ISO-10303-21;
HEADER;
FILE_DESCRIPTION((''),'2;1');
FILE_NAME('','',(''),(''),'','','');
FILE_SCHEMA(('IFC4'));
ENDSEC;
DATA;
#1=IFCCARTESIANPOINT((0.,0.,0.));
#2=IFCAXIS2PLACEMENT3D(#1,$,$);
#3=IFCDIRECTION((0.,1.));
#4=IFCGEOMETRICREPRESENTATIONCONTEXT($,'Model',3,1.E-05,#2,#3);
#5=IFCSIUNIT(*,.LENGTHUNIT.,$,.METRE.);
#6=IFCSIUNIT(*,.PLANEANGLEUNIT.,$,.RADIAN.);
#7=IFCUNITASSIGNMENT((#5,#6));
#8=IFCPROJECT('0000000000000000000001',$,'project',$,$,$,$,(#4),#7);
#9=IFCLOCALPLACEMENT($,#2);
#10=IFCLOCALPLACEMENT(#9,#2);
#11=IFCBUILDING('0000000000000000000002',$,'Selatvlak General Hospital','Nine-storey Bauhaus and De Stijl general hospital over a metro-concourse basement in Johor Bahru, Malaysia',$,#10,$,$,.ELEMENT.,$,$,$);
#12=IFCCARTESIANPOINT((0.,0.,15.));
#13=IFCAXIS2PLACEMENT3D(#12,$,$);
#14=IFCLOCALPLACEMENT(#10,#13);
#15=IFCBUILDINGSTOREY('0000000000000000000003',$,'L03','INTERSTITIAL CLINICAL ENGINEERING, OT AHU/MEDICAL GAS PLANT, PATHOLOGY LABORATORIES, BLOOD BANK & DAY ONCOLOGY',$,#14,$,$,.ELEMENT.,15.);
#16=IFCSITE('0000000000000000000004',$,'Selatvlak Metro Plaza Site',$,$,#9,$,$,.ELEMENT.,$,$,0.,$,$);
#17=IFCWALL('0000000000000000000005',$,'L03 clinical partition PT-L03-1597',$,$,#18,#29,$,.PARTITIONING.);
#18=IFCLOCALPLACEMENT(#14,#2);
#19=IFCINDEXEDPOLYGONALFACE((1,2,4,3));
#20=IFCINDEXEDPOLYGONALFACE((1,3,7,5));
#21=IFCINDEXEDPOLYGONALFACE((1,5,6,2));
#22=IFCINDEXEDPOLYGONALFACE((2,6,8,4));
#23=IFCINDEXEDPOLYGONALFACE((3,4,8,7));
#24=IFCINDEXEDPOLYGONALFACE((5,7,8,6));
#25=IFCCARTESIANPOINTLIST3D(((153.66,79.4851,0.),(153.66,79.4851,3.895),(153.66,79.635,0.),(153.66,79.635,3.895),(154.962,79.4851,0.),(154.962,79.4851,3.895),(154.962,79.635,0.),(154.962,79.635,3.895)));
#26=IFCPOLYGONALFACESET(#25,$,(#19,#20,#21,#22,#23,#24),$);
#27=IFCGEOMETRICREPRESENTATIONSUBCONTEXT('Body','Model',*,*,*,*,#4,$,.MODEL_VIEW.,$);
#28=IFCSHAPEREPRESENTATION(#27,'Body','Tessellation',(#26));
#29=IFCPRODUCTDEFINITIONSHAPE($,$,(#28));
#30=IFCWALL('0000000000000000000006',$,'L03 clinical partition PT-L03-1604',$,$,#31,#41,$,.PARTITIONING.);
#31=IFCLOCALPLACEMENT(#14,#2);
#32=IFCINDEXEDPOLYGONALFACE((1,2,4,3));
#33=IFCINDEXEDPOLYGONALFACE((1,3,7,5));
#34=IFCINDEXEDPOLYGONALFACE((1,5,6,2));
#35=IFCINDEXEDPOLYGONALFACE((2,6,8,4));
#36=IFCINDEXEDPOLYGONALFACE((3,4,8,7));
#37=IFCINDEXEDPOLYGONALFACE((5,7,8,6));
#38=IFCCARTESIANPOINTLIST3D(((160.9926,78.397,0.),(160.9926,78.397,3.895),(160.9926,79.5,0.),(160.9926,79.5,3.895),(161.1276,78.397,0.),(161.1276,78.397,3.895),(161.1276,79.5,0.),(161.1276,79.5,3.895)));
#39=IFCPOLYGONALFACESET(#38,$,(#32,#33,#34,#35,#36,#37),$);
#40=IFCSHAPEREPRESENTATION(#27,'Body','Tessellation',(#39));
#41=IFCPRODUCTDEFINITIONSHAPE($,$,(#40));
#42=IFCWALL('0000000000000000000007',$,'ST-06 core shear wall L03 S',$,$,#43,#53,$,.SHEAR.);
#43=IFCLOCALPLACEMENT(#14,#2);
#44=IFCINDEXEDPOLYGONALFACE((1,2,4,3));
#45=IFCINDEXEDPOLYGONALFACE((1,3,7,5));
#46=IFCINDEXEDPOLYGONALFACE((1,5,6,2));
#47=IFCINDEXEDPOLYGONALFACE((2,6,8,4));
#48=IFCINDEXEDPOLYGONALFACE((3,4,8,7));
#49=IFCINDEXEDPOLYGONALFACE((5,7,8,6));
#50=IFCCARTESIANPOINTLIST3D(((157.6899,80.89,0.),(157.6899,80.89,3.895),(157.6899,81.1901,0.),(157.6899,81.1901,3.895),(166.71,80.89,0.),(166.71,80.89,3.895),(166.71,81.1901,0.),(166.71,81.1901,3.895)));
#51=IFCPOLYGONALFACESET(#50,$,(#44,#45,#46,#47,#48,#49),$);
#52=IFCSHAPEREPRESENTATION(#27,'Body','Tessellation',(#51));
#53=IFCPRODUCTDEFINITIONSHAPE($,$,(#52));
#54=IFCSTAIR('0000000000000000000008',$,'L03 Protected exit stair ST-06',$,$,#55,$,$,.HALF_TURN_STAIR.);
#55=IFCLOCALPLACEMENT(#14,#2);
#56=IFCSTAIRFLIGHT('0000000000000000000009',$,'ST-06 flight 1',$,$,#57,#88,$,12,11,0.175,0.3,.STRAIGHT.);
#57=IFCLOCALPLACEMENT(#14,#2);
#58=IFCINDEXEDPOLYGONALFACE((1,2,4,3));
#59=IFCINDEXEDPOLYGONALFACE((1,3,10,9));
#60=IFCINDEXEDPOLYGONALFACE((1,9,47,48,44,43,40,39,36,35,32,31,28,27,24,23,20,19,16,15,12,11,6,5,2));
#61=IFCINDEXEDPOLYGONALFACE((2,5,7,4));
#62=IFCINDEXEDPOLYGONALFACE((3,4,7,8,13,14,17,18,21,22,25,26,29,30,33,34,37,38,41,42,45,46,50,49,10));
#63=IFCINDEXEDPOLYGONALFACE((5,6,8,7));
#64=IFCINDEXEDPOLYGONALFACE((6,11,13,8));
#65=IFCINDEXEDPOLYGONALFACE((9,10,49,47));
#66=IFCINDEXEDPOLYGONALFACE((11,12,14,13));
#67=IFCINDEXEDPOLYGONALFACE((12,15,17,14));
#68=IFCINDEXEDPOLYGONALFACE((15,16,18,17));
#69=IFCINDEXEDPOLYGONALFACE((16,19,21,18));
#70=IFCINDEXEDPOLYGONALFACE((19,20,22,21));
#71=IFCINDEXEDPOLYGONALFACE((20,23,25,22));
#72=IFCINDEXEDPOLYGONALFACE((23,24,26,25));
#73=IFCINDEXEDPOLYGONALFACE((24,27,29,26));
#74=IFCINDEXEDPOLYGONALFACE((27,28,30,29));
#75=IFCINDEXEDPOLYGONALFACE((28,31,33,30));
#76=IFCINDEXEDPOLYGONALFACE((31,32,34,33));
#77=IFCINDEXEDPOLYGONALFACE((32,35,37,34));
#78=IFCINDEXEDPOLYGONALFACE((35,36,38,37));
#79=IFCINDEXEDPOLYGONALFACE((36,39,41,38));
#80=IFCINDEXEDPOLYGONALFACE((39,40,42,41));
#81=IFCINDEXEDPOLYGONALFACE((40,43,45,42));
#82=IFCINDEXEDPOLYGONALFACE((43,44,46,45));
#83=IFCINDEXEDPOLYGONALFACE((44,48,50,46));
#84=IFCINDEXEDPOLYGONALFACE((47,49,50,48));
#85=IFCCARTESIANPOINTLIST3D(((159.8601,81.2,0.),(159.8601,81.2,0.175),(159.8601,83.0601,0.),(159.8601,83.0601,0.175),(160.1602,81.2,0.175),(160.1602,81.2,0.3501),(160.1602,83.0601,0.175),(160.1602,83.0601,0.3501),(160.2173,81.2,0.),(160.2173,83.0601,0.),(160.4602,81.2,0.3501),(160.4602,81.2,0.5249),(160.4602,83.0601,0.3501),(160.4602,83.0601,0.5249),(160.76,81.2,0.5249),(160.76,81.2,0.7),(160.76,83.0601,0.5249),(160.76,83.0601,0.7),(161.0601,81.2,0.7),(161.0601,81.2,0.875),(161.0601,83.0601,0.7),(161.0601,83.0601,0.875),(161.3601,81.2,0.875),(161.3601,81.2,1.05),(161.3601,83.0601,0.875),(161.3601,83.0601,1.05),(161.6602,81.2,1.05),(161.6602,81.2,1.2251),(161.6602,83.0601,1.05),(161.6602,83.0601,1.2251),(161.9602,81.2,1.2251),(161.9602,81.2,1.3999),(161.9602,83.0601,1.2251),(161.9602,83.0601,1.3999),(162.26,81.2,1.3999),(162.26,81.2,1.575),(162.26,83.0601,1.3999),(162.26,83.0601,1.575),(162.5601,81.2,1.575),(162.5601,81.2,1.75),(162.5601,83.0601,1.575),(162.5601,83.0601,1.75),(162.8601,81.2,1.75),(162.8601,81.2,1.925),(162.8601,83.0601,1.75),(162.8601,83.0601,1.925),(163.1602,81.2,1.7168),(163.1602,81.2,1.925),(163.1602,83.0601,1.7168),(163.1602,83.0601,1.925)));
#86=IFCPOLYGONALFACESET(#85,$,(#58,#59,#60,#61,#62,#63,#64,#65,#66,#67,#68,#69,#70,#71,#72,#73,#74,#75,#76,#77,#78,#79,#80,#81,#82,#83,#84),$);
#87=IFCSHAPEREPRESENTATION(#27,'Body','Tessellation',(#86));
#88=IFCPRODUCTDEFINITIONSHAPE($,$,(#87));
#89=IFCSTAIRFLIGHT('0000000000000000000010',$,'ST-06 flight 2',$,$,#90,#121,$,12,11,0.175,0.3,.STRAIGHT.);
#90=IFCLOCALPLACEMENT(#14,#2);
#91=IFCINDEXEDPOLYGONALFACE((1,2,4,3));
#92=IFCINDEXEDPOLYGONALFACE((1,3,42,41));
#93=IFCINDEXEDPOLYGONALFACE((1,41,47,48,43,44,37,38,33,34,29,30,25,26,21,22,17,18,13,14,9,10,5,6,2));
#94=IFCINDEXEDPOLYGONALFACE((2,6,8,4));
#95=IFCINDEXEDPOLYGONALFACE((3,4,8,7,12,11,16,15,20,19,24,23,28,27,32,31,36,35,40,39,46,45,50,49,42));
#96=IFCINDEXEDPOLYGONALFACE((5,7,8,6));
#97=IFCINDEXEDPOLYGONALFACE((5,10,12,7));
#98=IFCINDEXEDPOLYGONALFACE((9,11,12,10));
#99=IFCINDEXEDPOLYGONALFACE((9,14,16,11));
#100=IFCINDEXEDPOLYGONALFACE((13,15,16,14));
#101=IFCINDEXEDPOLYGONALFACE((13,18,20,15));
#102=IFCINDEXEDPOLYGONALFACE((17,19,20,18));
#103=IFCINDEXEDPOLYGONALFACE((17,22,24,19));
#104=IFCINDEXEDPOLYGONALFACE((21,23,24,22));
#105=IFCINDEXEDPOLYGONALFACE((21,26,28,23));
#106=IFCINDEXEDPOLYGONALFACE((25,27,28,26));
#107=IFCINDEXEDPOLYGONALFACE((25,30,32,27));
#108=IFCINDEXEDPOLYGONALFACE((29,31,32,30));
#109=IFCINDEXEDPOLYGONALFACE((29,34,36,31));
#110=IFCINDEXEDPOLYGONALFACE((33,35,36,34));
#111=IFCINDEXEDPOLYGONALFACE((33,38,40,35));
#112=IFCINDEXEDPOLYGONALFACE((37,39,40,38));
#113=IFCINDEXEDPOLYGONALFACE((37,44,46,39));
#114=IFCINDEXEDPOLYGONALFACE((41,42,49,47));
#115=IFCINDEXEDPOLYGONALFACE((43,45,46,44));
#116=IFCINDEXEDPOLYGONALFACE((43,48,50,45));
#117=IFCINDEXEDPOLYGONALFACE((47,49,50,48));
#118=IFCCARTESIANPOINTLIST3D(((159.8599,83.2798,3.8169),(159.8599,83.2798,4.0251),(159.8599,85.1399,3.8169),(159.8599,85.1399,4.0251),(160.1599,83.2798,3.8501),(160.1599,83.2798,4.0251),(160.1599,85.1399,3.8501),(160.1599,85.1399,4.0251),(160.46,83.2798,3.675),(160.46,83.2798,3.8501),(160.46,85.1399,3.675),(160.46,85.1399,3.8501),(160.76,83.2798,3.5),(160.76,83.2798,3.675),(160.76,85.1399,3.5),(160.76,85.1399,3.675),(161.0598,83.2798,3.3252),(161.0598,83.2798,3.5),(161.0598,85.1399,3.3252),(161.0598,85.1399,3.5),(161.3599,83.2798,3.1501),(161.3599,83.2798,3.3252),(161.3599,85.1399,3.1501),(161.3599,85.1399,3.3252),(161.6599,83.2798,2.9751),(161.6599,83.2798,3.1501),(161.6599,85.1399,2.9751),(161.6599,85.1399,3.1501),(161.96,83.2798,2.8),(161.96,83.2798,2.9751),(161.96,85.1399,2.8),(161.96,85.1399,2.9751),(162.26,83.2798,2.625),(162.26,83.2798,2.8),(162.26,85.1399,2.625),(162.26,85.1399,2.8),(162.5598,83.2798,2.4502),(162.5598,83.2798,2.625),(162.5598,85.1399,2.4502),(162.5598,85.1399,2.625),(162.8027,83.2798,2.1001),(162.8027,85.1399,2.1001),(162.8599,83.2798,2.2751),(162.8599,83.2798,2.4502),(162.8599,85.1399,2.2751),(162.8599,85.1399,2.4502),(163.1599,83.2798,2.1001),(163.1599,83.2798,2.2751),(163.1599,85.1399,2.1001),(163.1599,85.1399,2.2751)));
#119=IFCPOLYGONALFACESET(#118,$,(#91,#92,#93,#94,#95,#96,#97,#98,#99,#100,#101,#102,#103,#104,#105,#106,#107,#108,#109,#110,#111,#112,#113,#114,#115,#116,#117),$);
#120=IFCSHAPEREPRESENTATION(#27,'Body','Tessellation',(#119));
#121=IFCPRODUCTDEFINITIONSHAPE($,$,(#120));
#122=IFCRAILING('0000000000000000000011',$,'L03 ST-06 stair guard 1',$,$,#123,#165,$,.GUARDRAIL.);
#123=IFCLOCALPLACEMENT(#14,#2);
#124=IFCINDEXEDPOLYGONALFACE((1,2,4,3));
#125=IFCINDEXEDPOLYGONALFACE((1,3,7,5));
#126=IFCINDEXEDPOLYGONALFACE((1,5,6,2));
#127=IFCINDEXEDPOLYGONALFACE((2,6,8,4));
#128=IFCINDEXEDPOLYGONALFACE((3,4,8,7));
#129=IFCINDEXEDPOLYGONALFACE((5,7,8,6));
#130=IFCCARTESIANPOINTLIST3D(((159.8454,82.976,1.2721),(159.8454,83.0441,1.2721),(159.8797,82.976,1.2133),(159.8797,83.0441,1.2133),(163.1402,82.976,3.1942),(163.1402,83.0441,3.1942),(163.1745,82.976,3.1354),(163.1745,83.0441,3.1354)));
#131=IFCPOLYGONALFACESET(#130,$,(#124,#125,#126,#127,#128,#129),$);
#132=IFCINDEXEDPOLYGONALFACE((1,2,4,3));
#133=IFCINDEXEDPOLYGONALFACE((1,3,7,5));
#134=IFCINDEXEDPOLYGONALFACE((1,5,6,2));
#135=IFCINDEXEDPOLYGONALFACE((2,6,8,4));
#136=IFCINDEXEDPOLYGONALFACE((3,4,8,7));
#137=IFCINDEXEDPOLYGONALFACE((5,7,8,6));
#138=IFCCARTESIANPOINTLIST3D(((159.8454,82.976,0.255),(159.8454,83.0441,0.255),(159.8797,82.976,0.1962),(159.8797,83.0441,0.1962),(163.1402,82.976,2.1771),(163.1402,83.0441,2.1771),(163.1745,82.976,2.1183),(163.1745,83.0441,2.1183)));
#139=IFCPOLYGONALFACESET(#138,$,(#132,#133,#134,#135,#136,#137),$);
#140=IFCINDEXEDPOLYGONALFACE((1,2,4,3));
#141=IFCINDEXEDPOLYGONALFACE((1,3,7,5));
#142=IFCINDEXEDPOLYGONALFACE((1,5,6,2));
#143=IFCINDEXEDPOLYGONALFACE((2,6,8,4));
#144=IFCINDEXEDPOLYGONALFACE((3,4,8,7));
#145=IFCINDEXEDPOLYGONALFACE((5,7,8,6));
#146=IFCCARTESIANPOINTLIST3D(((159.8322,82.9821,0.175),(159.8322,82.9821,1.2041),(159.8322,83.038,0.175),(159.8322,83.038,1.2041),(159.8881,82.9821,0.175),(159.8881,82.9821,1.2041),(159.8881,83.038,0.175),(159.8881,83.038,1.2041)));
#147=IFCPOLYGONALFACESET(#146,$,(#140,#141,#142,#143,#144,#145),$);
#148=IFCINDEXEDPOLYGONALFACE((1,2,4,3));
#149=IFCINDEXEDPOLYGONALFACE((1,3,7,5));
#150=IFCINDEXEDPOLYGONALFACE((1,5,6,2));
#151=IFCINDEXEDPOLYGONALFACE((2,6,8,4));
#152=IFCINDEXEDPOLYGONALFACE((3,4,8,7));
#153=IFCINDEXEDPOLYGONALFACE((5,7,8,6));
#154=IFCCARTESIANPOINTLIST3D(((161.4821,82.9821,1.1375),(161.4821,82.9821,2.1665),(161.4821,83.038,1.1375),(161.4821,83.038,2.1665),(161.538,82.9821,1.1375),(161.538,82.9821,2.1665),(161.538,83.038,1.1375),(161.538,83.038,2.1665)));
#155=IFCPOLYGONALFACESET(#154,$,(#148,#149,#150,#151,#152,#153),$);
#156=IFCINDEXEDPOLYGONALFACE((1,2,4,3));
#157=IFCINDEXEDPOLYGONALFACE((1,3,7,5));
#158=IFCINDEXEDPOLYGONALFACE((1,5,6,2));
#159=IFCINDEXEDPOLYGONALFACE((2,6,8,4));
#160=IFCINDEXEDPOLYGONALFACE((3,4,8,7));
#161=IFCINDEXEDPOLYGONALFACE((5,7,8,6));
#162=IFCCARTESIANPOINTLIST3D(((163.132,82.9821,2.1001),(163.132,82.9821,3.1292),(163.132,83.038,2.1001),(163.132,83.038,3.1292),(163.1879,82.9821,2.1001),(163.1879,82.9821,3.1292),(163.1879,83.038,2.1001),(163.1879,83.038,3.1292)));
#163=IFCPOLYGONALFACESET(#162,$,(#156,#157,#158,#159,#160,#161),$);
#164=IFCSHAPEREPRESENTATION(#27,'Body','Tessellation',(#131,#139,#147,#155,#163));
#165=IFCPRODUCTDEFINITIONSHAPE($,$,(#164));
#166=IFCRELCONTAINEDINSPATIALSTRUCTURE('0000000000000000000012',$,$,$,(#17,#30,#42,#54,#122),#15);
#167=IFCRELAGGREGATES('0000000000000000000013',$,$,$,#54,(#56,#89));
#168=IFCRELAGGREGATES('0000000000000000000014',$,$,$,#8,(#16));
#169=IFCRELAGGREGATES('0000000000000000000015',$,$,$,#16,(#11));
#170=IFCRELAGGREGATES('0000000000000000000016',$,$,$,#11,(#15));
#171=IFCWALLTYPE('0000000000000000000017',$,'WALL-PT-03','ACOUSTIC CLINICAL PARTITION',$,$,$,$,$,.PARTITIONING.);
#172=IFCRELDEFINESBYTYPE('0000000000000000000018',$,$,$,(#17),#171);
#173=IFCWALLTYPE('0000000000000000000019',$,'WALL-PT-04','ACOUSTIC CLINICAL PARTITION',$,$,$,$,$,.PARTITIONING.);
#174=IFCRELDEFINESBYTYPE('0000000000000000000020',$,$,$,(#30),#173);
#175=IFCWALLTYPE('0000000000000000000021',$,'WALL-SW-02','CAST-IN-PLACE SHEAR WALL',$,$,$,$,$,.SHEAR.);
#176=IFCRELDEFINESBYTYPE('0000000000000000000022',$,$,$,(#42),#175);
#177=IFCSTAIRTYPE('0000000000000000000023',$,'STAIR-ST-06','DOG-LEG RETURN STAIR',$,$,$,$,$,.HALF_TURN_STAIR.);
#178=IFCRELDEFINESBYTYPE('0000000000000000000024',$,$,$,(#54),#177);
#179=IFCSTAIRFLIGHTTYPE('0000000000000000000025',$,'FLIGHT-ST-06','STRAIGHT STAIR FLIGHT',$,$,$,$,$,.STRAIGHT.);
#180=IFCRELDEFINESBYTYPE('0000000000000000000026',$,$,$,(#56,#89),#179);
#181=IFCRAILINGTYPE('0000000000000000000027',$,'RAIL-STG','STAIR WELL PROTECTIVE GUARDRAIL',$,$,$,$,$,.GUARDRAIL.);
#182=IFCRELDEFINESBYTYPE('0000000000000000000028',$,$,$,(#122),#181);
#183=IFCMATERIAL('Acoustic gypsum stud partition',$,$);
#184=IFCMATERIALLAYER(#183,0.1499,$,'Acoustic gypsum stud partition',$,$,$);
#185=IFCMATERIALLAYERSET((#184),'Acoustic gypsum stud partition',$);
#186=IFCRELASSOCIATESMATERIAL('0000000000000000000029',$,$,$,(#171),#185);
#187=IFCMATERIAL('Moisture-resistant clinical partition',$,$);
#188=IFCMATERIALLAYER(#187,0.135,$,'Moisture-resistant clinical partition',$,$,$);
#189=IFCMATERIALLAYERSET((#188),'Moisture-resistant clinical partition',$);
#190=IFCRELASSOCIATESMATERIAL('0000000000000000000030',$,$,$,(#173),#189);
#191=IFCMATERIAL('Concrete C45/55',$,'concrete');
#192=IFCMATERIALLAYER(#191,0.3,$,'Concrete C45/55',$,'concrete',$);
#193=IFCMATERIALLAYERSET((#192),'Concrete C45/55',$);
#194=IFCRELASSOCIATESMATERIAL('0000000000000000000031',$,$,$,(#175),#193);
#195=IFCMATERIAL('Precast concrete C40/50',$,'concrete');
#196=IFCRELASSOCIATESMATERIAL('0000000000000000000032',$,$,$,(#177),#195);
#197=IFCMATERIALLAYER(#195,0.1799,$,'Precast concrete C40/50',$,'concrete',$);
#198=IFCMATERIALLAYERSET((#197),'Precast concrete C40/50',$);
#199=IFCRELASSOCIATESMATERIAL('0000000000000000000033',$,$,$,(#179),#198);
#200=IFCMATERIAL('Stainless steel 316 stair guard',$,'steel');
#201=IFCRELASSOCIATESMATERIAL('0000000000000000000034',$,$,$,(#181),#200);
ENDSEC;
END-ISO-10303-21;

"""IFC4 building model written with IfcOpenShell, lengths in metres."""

from ifc_helpers import new_model, si_unit, direction, frame, frame_2d, origin, origin_2d, place, context, subcontext, project, spatial, polyline, rectangle, outline, extrude, material, layer, layer_set, type_object, element, aggregate, save


model = new_model("IFC4")

# Units and contexts
model_context = context("Model", 3, precision=1e-05, world=origin(), true_north=direction((0.0, 1.0)))
body_context = subcontext(model_context, "Body", "Model", "MODEL_VIEW")
ifc_project = project(units=[si_unit("LENGTHUNIT", "METRE"), si_unit("PLANEANGLEUNIT", "RADIAN")], contexts=[model_context])

# Site, building, storey
site_placement = place(None, origin())
site = spatial("IfcSite", under=ifc_project, at=site_placement, Name="Selatvlak Metro Plaza Site", CompositionType="ELEMENT", RefElevation=0.0)
building_placement = place(site_placement, origin())
building = spatial("IfcBuilding", under=site, at=building_placement, Name="Selatvlak General Hospital", Description="Nine-storey Bauhaus and De Stijl general hospital over a metro-concourse basement in Johor Bahru, Malaysia", CompositionType="ELEMENT")
storey_placement = place(building_placement, frame((0.0, 0.0, 15.0)))
storey = spatial("IfcBuildingStorey", under=building, at=storey_placement, Name="L03", Description="INTERSTITIAL CLINICAL ENGINEERING, OT AHU/MEDICAL GAS PLANT, PATHOLOGY LABORATORIES, BLOOD BANK & DAY ONCOLOGY", CompositionType="ELEMENT", Elevation=15.0)

# Shared definitions
ifc_material_1 = material(Name="Acoustic gypsum stud partition")

# Walls
ifc_layer_1 = layer(ifc_material_1, 0.1499, Name="Acoustic gypsum stud partition")
ifc_layer_set_1 = layer_set([ifc_layer_1], Name="Acoustic gypsum stud partition")
wall_type_1 = type_object("IfcWallType", Name="WALL-PT-03", Description="ACOUSTIC CLINICAL PARTITION", PredefinedType="PARTITIONING", material=ifc_layer_set_1)
wall_1_placement = place(storey_placement, frame((154.9619, 79.5601, 0.0), z_axis=(0.0, 0.0, 1.0), x_axis=(-1.0, 0.0, 0.0)))
element("IfcWall", 1, at=wall_1_placement, inside=storey, type_object=wall_type_1, Name="L03 clinical partition PT-L03-1597", PredefinedType="PARTITIONING", context=body_context, shape_type="SweptSolid", body=[
    extrude(rectangle(XDim=1.302, YDim=0.1499, at=frame_2d((0.6509, 0.0))), origin(), (0.0, 0.0, 1.0), 3.895),
])
ifc_material_2 = material(Name="Moisture-resistant clinical partition")
ifc_layer_2 = layer(ifc_material_2, 0.135, Name="Moisture-resistant clinical partition")
ifc_layer_set_2 = layer_set([ifc_layer_2], Name="Moisture-resistant clinical partition")
wall_type_2 = type_object("IfcWallType", Name="WALL-PT-04", Description="ACOUSTIC CLINICAL PARTITION", PredefinedType="PARTITIONING", material=ifc_layer_set_2)
wall_2_placement = place(storey_placement, frame((161.0601, 78.397, 0.0), z_axis=(0.0, 0.0, 1.0), x_axis=(0.0, 1.0, 0.0)))
element("IfcWall", 2, at=wall_2_placement, inside=storey, type_object=wall_type_2, Name="L03 clinical partition PT-L03-1604", PredefinedType="PARTITIONING", context=body_context, shape_type="SweptSolid", body=[
    extrude(rectangle(XDim=1.103, YDim=0.135, at=frame_2d((0.5515, 0.0))), origin(), (0.0, 0.0, 1.0), 3.895),
])
ifc_material_3 = material(Name="Concrete C45/55", Category="concrete")
ifc_layer_3 = layer(ifc_material_3, 0.3, Name="Concrete C45/55", Category="concrete")
ifc_layer_set_3 = layer_set([ifc_layer_3], Name="Concrete C45/55")
wall_type_3 = type_object("IfcWallType", Name="WALL-SW-02", Description="CAST-IN-PLACE SHEAR WALL", PredefinedType="SHEAR", material=ifc_layer_set_3)
wall_3_placement = place(storey_placement, frame((157.6899, 81.04, 0.0), z_axis=(0.0, 0.0, 1.0), x_axis=(1.0, 0.0, 0.0)))
element("IfcWall", 3, at=wall_3_placement, inside=storey, type_object=wall_type_3, Name="ST-06 core shear wall L03 S", PredefinedType="SHEAR", context=body_context, shape_type="SweptSolid", body=[
    extrude(rectangle(XDim=9.02, YDim=0.3, at=frame_2d((4.51, 0.0))), origin(), (0.0, 0.0, 1.0), 3.895),
])

# Stair, stair flights
ifc_material_4 = material(Name="Precast concrete C40/50", Category="concrete")
stair_type = type_object("IfcStairType", Name="STAIR-ST-06", Description="DOG-LEG RETURN STAIR", PredefinedType="HALF_TURN_STAIR", material=ifc_material_4)
stair_placement = place(storey_placement, origin())
stair = element("IfcStair", 4, at=stair_placement, inside=storey, type_object=stair_type, Name="L03 Protected exit stair ST-06", PredefinedType="HALF_TURN_STAIR")
ifc_layer_4 = layer(ifc_material_4, 0.1799, Name="Precast concrete C40/50", Category="concrete")
ifc_layer_set_4 = layer_set([ifc_layer_4], Name="Precast concrete C40/50")
stair_flight_type = type_object("IfcStairFlightType", Name="FLIGHT-ST-06", Description="STRAIGHT STAIR FLIGHT", PredefinedType="STRAIGHT", material=ifc_layer_set_4)
stair_flight_1_placement = place(storey_placement, frame((159.8601, 82.1299, 0.0), z_axis=(0.0, 0.0, 1.0), x_axis=(1.0, 0.0, 0.0)))
stair_flight_1 = element("IfcStairFlight", 5, at=stair_flight_1_placement, type_object=stair_flight_type, Name="ST-06 flight 1", NumberOfRisers=12, NumberOfTreads=11, PredefinedType="STRAIGHT", RiserHeight=0.175, TreadLength=0.3, context=body_context, shape_type="SweptSolid", body=[
    extrude(outline(polyline([(0.0, 0.0), (0.0, 0.175), (0.3, 0.175), (0.3, 0.3501), (0.6001, 0.3501), (0.6001, 0.5249), (0.8999, 0.5249), (0.8999, 0.7), (1.2, 0.7), (1.2, 0.875), (1.5, 0.875), (1.5, 1.05), (1.8, 1.05), (1.8, 1.2251), (2.1001, 1.2251), (2.1001, 1.3999), (2.3999, 1.3999), (2.3999, 1.575), (2.7, 1.575), (2.7, 1.75), (3.0, 1.75), (3.0, 1.925), (3.3, 1.925), (3.3, 2.1001), (3.3, 1.7168), (0.3572, 0.0), (0.0, 0.0)])), frame((0.0, 0.9302, 0.0), z_axis=(0.0, -1.0, 0.0), x_axis=(1.0, 0.0, 0.0)), (0.0, 0.0, 1.0), 1.8601),
])
stair_flight_2_placement = place(storey_placement, frame((163.1599, 84.21, 2.1001), z_axis=(0.0, 0.0, 1.0), x_axis=(-1.0, 0.0, 0.0)))
stair_flight_2 = element("IfcStairFlight", 6, at=stair_flight_2_placement, type_object=stair_flight_type, Name="ST-06 flight 2", NumberOfRisers=12, NumberOfTreads=11, PredefinedType="STRAIGHT", RiserHeight=0.175, TreadLength=0.3, context=body_context, shape_type="SweptSolid", body=[
    extrude(outline(polyline([(0.0, 0.0), (0.0, 0.175), (0.3, 0.175), (0.3, 0.3501), (0.6001, 0.3501), (0.6001, 0.5249), (0.8999, 0.5249), (0.8999, 0.7), (1.2, 0.7), (1.2, 0.875), (1.5, 0.875), (1.5, 1.05), (1.8, 1.05), (1.8, 1.2251), (2.1001, 1.2251), (2.1001, 1.3999), (2.3999, 1.3999), (2.3999, 1.575), (2.7, 1.575), (2.7, 1.75), (3.0, 1.75), (3.0, 1.925), (3.3, 1.925), (3.3, 2.1001), (3.3, 1.7168), (0.3572, 0.0), (0.0, 0.0)])), frame((0.0, 0.9302, 0.0), z_axis=(0.0, -1.0, 0.0), x_axis=(1.0, 0.0, 0.0)), (0.0, 0.0, 1.0), 1.8601),
])
aggregate(stair, [stair_flight_1, stair_flight_2])

# Railing
ifc_material_5 = material(Name="Stainless steel 316 stair guard", Category="steel")
railing_type_1 = type_object("IfcRailingType", Name="RAIL-STG", Description="STAIR WELL PROTECTIVE GUARDRAIL", PredefinedType="GUARDRAIL", material=ifc_material_5)
railing_1_placement = place(storey_placement, frame((159.8601, 83.01, 0.175)))
element("IfcRailing", 7, at=railing_1_placement, inside=storey, type_object=railing_type_1, Name="L03 ST-06 stair guard 1", PredefinedType="GUARDRAIL", context=body_context, shape_type="SweptSolid", body=[
    extrude(rectangle(XDim=0.0681, YDim=0.0681, at=origin_2d()), frame((0.0024, 0.0, 1.0676), z_axis=(0.86376, 0.0, 0.503903), x_axis=(0.0, 1.0, 0.0)), (0.0, 0.0, 1.0), 3.8145),
    extrude(rectangle(XDim=0.0681, YDim=0.0681, at=origin_2d()), frame((0.0024, 0.0, 0.0505), z_axis=(0.86376, 0.0, 0.503903), x_axis=(0.0, 1.0, 0.0)), (0.0, 0.0, 1.0), 3.8145),
    extrude(rectangle(XDim=0.0559, YDim=0.0559, at=origin_2d()), origin(), (0.0, 0.0, 1.0), 1.0291),
    extrude(rectangle(XDim=0.0559, YDim=0.0559, at=origin_2d()), frame((1.6499, 0.0, 0.9624)), (0.0, 0.0, 1.0), 1.0291),
    extrude(rectangle(XDim=0.0559, YDim=0.0559, at=origin_2d()), frame((3.2998, 0.0, 1.925)), (0.0, 0.0, 1.0), 1.0291),
])

save(model, "model.ifc")
